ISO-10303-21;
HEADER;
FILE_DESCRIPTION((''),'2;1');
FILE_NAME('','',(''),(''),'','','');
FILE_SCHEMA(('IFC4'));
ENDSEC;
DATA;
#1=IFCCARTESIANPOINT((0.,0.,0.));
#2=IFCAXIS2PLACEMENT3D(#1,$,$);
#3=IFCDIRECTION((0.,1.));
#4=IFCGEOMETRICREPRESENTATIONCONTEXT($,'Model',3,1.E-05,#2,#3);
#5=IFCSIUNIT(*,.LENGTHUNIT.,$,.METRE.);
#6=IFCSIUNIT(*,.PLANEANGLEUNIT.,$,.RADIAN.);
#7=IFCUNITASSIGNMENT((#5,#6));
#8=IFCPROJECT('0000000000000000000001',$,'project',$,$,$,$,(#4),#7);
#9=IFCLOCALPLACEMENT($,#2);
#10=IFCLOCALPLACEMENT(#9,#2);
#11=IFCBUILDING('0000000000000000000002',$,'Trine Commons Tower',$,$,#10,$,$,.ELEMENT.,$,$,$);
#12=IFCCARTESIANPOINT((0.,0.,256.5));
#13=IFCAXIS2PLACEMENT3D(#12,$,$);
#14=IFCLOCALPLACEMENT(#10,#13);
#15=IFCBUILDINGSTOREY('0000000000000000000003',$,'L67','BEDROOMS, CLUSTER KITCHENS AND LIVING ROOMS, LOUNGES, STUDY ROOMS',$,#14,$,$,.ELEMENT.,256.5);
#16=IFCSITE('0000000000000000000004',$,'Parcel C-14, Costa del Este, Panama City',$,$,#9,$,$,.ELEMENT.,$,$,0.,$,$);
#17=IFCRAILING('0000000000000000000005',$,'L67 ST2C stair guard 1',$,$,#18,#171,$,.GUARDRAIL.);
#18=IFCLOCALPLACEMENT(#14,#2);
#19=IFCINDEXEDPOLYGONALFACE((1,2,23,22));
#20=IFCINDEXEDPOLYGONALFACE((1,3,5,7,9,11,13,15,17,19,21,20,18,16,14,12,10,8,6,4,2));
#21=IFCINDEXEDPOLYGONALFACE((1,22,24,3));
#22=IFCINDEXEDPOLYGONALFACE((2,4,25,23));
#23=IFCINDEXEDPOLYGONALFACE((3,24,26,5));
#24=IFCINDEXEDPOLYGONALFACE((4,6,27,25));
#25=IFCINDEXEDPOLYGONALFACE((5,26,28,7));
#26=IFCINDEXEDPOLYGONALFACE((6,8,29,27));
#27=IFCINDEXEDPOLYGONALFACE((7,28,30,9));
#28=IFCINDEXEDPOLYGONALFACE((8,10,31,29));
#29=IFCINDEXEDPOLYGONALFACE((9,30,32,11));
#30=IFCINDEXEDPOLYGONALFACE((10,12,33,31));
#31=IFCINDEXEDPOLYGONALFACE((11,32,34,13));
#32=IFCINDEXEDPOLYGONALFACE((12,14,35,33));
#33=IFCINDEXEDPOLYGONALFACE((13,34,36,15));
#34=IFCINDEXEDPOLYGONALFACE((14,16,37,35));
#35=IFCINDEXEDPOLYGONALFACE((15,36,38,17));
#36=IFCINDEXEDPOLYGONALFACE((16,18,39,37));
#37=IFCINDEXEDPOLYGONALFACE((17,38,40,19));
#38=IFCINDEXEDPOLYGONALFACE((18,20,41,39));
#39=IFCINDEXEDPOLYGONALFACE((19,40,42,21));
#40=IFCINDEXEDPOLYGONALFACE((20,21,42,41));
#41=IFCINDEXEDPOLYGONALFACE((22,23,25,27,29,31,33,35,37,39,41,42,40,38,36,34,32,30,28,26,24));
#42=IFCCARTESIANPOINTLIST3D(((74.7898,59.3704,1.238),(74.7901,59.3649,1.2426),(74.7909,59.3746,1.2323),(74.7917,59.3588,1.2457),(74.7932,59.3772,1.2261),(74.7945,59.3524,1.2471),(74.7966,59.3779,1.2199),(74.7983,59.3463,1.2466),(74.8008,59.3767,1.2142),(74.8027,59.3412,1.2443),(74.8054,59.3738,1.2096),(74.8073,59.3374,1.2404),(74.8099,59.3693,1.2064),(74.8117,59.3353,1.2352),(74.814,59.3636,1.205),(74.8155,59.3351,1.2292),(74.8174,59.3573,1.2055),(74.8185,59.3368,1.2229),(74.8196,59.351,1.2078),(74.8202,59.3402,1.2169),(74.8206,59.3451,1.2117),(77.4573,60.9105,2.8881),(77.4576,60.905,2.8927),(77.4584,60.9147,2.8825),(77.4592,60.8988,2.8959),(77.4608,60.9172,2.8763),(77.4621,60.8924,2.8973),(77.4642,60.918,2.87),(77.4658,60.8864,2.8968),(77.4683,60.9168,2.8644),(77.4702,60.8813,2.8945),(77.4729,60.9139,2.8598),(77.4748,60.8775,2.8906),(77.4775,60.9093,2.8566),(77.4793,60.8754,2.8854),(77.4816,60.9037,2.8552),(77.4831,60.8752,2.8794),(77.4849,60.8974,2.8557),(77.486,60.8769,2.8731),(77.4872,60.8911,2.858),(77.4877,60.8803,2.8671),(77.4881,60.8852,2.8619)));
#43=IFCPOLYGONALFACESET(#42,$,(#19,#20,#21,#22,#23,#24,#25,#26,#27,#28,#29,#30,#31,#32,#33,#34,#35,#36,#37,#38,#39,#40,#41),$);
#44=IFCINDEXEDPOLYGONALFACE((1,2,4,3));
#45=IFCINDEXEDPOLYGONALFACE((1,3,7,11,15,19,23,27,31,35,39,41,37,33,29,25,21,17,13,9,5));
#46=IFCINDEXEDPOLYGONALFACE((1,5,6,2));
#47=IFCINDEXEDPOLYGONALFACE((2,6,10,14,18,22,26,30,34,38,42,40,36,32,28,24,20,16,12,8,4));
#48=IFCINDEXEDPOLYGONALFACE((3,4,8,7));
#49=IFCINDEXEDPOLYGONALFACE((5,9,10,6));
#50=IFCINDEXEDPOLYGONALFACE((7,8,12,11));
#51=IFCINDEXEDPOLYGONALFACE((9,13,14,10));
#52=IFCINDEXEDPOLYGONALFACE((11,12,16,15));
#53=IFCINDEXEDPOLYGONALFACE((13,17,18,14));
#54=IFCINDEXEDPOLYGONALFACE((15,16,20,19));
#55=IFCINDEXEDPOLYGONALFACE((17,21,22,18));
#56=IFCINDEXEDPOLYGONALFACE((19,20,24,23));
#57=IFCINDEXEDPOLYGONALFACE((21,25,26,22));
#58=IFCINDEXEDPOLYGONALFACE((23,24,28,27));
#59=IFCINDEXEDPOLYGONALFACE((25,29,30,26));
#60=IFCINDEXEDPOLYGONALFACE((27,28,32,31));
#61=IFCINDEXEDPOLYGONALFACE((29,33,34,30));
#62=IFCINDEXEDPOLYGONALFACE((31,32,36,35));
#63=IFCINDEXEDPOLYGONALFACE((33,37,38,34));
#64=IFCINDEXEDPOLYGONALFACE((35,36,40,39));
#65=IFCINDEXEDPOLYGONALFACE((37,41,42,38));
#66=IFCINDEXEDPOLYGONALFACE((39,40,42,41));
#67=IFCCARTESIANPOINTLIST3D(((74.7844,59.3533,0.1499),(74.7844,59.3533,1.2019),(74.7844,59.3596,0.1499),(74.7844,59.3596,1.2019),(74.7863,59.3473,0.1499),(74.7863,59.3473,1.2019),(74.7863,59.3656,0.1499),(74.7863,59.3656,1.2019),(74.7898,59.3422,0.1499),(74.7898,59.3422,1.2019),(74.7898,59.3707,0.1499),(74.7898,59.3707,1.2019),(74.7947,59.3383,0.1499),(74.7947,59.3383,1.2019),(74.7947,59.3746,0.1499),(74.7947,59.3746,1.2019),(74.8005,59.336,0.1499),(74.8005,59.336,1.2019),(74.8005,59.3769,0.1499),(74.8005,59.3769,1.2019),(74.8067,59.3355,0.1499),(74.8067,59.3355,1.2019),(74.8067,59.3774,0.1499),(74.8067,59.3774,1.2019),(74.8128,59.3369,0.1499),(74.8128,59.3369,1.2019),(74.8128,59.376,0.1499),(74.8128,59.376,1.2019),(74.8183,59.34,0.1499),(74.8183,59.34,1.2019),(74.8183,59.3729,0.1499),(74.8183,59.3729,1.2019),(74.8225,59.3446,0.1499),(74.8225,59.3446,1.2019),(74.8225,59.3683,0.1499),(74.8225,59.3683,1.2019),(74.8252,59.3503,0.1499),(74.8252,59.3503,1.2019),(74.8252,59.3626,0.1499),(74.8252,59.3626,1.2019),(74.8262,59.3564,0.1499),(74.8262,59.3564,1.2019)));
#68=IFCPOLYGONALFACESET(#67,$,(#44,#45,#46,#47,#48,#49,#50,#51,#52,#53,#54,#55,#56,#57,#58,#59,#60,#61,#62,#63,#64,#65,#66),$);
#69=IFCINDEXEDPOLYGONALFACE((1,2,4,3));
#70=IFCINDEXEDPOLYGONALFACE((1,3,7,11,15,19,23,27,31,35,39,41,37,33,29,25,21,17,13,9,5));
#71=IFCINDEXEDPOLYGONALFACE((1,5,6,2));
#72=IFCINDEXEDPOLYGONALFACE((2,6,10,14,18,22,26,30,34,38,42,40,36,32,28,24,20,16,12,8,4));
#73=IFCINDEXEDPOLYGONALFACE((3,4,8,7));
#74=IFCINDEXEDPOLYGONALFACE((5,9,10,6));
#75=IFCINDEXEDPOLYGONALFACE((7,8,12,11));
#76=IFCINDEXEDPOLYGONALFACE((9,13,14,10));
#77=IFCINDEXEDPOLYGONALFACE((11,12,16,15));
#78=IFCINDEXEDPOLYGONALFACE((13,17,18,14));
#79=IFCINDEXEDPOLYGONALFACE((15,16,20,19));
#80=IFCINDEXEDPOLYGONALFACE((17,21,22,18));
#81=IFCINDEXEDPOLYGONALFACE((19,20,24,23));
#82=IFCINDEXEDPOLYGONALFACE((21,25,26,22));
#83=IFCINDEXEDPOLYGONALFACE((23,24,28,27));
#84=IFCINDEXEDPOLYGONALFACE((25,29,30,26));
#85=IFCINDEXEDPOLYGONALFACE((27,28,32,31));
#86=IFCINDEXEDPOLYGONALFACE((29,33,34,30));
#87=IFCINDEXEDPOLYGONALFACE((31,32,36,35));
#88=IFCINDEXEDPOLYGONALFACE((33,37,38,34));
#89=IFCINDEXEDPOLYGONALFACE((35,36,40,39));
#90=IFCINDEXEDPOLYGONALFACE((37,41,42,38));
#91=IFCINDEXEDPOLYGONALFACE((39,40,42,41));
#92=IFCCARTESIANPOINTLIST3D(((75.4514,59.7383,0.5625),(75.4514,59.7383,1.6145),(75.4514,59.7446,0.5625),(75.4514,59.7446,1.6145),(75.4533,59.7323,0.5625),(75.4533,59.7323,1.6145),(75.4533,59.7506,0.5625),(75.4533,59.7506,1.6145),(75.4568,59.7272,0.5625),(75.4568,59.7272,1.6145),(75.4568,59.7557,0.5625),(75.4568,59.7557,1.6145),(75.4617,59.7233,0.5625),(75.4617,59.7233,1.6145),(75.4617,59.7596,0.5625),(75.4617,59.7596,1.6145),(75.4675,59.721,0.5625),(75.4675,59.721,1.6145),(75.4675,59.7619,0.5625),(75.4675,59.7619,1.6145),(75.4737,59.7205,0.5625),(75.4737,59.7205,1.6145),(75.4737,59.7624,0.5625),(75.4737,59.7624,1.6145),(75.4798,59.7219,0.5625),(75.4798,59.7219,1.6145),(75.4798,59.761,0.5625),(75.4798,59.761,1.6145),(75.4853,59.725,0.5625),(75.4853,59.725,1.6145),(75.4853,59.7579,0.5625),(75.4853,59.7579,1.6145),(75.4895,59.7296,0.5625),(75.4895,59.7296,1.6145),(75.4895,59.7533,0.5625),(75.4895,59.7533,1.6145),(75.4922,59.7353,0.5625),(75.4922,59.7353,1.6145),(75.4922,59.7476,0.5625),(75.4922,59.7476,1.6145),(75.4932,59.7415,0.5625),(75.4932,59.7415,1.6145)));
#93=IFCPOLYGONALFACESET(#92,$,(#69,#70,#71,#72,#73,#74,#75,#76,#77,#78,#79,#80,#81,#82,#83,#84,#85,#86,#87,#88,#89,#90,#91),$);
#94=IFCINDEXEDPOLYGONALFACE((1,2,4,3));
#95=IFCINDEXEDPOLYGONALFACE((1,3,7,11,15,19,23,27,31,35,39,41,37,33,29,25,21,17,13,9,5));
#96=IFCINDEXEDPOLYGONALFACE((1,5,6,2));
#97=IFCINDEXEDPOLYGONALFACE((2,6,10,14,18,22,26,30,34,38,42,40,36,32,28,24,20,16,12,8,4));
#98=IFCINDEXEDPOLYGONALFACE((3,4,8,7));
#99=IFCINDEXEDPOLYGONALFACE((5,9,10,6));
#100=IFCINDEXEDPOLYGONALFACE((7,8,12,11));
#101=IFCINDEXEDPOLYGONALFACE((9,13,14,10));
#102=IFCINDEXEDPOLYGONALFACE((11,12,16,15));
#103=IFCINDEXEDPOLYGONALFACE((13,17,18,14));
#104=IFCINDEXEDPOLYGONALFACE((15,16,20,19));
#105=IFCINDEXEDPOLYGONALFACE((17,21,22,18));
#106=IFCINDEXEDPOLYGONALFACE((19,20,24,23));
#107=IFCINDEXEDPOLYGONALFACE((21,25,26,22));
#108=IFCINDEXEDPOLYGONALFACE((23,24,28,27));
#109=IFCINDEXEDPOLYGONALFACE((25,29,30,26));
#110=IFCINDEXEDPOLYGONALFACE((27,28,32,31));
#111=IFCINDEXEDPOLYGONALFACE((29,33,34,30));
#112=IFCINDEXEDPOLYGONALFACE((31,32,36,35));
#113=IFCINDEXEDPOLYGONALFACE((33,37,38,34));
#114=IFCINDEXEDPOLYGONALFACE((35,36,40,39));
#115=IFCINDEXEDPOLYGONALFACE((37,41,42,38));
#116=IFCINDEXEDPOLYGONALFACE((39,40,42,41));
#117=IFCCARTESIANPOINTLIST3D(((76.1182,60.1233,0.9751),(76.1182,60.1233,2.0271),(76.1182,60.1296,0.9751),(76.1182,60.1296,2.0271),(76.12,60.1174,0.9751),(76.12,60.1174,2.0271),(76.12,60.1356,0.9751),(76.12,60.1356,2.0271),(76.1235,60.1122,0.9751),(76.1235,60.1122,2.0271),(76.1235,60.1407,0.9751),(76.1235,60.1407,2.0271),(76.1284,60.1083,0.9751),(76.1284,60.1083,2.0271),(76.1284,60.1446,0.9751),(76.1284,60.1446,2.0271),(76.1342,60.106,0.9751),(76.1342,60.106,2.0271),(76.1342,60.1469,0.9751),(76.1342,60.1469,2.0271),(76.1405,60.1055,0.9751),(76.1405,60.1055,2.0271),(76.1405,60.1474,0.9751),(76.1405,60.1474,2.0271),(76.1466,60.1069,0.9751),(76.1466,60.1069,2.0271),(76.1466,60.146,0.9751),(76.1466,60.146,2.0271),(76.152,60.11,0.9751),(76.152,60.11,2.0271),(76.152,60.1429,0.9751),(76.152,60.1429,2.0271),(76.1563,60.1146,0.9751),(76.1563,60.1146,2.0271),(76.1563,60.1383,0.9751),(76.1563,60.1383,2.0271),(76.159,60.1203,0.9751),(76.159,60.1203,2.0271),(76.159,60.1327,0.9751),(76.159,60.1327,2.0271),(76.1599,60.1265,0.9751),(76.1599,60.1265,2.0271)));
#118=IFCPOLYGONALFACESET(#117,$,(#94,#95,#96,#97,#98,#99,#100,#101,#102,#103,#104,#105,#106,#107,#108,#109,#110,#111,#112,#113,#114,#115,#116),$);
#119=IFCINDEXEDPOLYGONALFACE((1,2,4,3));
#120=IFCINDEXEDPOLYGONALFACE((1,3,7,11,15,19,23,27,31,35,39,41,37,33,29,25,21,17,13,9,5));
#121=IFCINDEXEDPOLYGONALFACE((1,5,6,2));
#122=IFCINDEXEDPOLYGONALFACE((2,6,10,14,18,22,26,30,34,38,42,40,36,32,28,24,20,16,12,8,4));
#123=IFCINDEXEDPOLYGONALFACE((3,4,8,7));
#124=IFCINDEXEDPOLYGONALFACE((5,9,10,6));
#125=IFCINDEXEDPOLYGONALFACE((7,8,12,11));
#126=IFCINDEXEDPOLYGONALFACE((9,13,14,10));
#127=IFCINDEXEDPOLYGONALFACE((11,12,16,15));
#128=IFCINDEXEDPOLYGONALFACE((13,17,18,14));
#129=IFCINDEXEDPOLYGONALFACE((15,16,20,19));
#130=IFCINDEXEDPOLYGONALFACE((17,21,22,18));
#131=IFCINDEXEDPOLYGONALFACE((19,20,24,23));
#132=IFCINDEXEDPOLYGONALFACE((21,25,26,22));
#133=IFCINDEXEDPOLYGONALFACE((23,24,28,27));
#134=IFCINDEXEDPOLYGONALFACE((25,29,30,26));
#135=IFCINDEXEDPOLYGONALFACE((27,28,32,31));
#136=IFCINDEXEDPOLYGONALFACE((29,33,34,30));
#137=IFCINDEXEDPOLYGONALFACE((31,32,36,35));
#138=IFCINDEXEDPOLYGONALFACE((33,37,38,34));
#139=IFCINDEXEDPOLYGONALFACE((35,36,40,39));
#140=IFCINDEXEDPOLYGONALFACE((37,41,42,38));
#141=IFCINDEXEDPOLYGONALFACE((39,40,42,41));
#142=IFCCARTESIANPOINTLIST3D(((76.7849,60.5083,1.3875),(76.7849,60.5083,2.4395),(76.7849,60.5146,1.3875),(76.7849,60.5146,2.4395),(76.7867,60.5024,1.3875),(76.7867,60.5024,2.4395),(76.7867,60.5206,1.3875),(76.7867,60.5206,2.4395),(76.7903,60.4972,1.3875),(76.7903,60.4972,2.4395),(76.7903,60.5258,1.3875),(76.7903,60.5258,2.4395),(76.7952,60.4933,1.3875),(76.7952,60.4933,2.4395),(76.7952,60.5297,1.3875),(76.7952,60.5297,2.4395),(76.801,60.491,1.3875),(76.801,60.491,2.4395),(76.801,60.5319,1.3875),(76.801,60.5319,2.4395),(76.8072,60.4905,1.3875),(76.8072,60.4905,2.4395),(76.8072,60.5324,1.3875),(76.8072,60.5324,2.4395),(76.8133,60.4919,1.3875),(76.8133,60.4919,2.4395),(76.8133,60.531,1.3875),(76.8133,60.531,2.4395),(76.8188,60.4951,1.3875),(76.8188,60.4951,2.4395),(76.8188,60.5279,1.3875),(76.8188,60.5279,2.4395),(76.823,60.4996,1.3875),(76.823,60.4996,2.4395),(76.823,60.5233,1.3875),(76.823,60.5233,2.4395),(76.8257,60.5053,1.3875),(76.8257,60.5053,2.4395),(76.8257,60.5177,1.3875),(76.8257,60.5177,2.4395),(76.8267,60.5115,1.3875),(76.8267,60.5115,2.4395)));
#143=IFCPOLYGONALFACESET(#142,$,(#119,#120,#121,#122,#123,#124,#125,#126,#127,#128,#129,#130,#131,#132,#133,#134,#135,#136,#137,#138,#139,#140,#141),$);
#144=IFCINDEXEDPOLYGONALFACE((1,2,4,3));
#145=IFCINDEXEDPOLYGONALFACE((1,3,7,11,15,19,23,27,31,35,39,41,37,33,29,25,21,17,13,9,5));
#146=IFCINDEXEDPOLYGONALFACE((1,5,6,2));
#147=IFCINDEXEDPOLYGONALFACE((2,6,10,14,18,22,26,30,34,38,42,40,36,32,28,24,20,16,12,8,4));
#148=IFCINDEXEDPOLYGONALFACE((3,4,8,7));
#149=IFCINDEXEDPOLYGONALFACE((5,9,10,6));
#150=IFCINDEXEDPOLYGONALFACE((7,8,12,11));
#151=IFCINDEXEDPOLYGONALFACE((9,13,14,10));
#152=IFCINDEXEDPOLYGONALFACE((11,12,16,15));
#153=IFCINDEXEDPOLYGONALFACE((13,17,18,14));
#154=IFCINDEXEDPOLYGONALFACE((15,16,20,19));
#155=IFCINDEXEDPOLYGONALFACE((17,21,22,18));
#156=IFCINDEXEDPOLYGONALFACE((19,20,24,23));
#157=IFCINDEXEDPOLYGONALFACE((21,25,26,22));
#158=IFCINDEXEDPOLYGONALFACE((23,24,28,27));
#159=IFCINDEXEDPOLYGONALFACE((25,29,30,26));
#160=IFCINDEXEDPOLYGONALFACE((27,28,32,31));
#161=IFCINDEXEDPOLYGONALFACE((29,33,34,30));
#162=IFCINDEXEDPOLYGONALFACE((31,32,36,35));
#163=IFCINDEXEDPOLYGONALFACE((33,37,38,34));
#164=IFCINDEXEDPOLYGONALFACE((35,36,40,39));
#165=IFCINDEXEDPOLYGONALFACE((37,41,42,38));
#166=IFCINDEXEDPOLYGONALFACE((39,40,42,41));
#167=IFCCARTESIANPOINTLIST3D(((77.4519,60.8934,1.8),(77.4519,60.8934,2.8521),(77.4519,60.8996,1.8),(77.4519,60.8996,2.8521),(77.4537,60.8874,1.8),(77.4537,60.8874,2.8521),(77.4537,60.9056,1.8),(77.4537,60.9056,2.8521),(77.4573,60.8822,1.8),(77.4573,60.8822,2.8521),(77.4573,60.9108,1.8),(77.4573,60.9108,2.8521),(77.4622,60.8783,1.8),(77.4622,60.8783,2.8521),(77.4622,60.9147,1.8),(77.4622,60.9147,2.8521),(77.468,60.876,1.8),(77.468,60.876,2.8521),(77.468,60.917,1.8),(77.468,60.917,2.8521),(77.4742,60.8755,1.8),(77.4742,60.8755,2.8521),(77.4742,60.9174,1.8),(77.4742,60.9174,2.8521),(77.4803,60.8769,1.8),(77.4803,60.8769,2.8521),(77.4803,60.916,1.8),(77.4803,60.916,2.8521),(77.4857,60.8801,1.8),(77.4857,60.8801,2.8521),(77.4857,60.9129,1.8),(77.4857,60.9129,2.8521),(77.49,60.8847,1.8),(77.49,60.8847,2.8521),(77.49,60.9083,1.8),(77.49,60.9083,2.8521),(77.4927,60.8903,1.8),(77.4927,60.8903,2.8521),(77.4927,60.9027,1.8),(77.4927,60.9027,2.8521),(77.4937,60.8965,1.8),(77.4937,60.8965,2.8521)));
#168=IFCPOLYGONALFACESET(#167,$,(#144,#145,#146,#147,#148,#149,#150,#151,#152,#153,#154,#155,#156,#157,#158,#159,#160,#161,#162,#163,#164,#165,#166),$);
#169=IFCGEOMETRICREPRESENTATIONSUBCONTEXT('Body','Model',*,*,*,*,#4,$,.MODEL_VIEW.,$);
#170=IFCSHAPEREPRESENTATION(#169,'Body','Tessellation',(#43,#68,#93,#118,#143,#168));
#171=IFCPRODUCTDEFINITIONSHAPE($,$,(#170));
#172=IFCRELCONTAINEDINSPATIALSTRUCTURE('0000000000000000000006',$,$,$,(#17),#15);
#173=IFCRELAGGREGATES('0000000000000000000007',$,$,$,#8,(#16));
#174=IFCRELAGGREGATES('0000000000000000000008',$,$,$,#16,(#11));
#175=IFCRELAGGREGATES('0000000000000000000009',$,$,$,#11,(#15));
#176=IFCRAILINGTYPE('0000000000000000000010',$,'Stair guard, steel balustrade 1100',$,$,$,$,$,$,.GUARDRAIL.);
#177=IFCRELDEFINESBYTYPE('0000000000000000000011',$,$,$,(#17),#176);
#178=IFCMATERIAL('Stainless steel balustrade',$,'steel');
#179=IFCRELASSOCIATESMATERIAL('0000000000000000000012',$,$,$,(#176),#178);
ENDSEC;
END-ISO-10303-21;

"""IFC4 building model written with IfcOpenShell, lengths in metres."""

from ifc_helpers import new_model, si_unit, direction, frame, origin, origin_2d, place, context, subcontext, project, spatial, circle, extrude, material, type_object, element, save


model = new_model("IFC4")

# Units and contexts
model_context = context("Model", 3, precision=1e-05, world=origin(), true_north=direction((0.0, 1.0)))
body_context = subcontext(model_context, "Body", "Model", "MODEL_VIEW")
ifc_project = project(units=[si_unit("LENGTHUNIT", "METRE"), si_unit("PLANEANGLEUNIT", "RADIAN")], contexts=[model_context])

# Site, building, storey
site_placement = place(None, origin())
site = spatial("IfcSite", under=ifc_project, at=site_placement, Name="Parcel C-14, Costa del Este, Panama City", CompositionType="ELEMENT", RefElevation=0.0)
building_placement = place(site_placement, origin())
building = spatial("IfcBuilding", under=site, at=building_placement, Name="Trine Commons Tower", CompositionType="ELEMENT")
storey_placement = place(building_placement, frame((0.0, 0.0, 256.5)))
storey = spatial("IfcBuildingStorey", under=building, at=storey_placement, Name="L67", Description="BEDROOMS, CLUSTER KITCHENS AND LIVING ROOMS, LOUNGES, STUDY ROOMS", CompositionType="ELEMENT", Elevation=256.5)

# Railing
ifc_material_1 = material(Name="Stainless steel balustrade", Category="steel")
railing_type_1 = type_object("IfcRailingType", Name="Stair guard, steel balustrade 1100", PredefinedType="GUARDRAIL", material=ifc_material_1)
railing_1_placement = place(storey_placement, frame((74.8052, 59.3564, 0.1499)))
element("IfcRailing", 1, at=railing_1_placement, inside=storey, type_object=railing_type_1, Name="L67 ST2C stair guard 1", PredefinedType="GUARDRAIL", context=body_context, shape_type="SweptSolid", body=[
    extrude(circle(Radius=0.0239, at=origin_2d()), frame((0.0, 0.0, 1.0762), z_axis=(0.76338, 0.440728, 0.472239), x_axis=(-0.499992, 0.86603, 0.0)), (0.0, 0.0, 1.0), 3.4944),
    extrude(circle(Radius=0.021, at=origin_2d()), origin(), (0.0, 0.0, 1.0), 1.052),
    extrude(circle(Radius=0.021, at=origin_2d()), frame((0.667, 0.385, 0.4126)), (0.0, 0.0, 1.0), 1.052),
    extrude(circle(Radius=0.021, at=origin_2d()), frame((1.3337, 0.77, 0.8252)), (0.0, 0.0, 1.0), 1.052),
    extrude(circle(Radius=0.021, at=origin_2d()), frame((2.0005, 1.155, 1.2375)), (0.0, 0.0, 1.0), 1.052),
    extrude(circle(Radius=0.021, at=origin_2d()), frame((2.6675, 1.54, 1.6501)), (0.0, 0.0, 1.0), 1.052),
])

save(model, "model.ifc")
